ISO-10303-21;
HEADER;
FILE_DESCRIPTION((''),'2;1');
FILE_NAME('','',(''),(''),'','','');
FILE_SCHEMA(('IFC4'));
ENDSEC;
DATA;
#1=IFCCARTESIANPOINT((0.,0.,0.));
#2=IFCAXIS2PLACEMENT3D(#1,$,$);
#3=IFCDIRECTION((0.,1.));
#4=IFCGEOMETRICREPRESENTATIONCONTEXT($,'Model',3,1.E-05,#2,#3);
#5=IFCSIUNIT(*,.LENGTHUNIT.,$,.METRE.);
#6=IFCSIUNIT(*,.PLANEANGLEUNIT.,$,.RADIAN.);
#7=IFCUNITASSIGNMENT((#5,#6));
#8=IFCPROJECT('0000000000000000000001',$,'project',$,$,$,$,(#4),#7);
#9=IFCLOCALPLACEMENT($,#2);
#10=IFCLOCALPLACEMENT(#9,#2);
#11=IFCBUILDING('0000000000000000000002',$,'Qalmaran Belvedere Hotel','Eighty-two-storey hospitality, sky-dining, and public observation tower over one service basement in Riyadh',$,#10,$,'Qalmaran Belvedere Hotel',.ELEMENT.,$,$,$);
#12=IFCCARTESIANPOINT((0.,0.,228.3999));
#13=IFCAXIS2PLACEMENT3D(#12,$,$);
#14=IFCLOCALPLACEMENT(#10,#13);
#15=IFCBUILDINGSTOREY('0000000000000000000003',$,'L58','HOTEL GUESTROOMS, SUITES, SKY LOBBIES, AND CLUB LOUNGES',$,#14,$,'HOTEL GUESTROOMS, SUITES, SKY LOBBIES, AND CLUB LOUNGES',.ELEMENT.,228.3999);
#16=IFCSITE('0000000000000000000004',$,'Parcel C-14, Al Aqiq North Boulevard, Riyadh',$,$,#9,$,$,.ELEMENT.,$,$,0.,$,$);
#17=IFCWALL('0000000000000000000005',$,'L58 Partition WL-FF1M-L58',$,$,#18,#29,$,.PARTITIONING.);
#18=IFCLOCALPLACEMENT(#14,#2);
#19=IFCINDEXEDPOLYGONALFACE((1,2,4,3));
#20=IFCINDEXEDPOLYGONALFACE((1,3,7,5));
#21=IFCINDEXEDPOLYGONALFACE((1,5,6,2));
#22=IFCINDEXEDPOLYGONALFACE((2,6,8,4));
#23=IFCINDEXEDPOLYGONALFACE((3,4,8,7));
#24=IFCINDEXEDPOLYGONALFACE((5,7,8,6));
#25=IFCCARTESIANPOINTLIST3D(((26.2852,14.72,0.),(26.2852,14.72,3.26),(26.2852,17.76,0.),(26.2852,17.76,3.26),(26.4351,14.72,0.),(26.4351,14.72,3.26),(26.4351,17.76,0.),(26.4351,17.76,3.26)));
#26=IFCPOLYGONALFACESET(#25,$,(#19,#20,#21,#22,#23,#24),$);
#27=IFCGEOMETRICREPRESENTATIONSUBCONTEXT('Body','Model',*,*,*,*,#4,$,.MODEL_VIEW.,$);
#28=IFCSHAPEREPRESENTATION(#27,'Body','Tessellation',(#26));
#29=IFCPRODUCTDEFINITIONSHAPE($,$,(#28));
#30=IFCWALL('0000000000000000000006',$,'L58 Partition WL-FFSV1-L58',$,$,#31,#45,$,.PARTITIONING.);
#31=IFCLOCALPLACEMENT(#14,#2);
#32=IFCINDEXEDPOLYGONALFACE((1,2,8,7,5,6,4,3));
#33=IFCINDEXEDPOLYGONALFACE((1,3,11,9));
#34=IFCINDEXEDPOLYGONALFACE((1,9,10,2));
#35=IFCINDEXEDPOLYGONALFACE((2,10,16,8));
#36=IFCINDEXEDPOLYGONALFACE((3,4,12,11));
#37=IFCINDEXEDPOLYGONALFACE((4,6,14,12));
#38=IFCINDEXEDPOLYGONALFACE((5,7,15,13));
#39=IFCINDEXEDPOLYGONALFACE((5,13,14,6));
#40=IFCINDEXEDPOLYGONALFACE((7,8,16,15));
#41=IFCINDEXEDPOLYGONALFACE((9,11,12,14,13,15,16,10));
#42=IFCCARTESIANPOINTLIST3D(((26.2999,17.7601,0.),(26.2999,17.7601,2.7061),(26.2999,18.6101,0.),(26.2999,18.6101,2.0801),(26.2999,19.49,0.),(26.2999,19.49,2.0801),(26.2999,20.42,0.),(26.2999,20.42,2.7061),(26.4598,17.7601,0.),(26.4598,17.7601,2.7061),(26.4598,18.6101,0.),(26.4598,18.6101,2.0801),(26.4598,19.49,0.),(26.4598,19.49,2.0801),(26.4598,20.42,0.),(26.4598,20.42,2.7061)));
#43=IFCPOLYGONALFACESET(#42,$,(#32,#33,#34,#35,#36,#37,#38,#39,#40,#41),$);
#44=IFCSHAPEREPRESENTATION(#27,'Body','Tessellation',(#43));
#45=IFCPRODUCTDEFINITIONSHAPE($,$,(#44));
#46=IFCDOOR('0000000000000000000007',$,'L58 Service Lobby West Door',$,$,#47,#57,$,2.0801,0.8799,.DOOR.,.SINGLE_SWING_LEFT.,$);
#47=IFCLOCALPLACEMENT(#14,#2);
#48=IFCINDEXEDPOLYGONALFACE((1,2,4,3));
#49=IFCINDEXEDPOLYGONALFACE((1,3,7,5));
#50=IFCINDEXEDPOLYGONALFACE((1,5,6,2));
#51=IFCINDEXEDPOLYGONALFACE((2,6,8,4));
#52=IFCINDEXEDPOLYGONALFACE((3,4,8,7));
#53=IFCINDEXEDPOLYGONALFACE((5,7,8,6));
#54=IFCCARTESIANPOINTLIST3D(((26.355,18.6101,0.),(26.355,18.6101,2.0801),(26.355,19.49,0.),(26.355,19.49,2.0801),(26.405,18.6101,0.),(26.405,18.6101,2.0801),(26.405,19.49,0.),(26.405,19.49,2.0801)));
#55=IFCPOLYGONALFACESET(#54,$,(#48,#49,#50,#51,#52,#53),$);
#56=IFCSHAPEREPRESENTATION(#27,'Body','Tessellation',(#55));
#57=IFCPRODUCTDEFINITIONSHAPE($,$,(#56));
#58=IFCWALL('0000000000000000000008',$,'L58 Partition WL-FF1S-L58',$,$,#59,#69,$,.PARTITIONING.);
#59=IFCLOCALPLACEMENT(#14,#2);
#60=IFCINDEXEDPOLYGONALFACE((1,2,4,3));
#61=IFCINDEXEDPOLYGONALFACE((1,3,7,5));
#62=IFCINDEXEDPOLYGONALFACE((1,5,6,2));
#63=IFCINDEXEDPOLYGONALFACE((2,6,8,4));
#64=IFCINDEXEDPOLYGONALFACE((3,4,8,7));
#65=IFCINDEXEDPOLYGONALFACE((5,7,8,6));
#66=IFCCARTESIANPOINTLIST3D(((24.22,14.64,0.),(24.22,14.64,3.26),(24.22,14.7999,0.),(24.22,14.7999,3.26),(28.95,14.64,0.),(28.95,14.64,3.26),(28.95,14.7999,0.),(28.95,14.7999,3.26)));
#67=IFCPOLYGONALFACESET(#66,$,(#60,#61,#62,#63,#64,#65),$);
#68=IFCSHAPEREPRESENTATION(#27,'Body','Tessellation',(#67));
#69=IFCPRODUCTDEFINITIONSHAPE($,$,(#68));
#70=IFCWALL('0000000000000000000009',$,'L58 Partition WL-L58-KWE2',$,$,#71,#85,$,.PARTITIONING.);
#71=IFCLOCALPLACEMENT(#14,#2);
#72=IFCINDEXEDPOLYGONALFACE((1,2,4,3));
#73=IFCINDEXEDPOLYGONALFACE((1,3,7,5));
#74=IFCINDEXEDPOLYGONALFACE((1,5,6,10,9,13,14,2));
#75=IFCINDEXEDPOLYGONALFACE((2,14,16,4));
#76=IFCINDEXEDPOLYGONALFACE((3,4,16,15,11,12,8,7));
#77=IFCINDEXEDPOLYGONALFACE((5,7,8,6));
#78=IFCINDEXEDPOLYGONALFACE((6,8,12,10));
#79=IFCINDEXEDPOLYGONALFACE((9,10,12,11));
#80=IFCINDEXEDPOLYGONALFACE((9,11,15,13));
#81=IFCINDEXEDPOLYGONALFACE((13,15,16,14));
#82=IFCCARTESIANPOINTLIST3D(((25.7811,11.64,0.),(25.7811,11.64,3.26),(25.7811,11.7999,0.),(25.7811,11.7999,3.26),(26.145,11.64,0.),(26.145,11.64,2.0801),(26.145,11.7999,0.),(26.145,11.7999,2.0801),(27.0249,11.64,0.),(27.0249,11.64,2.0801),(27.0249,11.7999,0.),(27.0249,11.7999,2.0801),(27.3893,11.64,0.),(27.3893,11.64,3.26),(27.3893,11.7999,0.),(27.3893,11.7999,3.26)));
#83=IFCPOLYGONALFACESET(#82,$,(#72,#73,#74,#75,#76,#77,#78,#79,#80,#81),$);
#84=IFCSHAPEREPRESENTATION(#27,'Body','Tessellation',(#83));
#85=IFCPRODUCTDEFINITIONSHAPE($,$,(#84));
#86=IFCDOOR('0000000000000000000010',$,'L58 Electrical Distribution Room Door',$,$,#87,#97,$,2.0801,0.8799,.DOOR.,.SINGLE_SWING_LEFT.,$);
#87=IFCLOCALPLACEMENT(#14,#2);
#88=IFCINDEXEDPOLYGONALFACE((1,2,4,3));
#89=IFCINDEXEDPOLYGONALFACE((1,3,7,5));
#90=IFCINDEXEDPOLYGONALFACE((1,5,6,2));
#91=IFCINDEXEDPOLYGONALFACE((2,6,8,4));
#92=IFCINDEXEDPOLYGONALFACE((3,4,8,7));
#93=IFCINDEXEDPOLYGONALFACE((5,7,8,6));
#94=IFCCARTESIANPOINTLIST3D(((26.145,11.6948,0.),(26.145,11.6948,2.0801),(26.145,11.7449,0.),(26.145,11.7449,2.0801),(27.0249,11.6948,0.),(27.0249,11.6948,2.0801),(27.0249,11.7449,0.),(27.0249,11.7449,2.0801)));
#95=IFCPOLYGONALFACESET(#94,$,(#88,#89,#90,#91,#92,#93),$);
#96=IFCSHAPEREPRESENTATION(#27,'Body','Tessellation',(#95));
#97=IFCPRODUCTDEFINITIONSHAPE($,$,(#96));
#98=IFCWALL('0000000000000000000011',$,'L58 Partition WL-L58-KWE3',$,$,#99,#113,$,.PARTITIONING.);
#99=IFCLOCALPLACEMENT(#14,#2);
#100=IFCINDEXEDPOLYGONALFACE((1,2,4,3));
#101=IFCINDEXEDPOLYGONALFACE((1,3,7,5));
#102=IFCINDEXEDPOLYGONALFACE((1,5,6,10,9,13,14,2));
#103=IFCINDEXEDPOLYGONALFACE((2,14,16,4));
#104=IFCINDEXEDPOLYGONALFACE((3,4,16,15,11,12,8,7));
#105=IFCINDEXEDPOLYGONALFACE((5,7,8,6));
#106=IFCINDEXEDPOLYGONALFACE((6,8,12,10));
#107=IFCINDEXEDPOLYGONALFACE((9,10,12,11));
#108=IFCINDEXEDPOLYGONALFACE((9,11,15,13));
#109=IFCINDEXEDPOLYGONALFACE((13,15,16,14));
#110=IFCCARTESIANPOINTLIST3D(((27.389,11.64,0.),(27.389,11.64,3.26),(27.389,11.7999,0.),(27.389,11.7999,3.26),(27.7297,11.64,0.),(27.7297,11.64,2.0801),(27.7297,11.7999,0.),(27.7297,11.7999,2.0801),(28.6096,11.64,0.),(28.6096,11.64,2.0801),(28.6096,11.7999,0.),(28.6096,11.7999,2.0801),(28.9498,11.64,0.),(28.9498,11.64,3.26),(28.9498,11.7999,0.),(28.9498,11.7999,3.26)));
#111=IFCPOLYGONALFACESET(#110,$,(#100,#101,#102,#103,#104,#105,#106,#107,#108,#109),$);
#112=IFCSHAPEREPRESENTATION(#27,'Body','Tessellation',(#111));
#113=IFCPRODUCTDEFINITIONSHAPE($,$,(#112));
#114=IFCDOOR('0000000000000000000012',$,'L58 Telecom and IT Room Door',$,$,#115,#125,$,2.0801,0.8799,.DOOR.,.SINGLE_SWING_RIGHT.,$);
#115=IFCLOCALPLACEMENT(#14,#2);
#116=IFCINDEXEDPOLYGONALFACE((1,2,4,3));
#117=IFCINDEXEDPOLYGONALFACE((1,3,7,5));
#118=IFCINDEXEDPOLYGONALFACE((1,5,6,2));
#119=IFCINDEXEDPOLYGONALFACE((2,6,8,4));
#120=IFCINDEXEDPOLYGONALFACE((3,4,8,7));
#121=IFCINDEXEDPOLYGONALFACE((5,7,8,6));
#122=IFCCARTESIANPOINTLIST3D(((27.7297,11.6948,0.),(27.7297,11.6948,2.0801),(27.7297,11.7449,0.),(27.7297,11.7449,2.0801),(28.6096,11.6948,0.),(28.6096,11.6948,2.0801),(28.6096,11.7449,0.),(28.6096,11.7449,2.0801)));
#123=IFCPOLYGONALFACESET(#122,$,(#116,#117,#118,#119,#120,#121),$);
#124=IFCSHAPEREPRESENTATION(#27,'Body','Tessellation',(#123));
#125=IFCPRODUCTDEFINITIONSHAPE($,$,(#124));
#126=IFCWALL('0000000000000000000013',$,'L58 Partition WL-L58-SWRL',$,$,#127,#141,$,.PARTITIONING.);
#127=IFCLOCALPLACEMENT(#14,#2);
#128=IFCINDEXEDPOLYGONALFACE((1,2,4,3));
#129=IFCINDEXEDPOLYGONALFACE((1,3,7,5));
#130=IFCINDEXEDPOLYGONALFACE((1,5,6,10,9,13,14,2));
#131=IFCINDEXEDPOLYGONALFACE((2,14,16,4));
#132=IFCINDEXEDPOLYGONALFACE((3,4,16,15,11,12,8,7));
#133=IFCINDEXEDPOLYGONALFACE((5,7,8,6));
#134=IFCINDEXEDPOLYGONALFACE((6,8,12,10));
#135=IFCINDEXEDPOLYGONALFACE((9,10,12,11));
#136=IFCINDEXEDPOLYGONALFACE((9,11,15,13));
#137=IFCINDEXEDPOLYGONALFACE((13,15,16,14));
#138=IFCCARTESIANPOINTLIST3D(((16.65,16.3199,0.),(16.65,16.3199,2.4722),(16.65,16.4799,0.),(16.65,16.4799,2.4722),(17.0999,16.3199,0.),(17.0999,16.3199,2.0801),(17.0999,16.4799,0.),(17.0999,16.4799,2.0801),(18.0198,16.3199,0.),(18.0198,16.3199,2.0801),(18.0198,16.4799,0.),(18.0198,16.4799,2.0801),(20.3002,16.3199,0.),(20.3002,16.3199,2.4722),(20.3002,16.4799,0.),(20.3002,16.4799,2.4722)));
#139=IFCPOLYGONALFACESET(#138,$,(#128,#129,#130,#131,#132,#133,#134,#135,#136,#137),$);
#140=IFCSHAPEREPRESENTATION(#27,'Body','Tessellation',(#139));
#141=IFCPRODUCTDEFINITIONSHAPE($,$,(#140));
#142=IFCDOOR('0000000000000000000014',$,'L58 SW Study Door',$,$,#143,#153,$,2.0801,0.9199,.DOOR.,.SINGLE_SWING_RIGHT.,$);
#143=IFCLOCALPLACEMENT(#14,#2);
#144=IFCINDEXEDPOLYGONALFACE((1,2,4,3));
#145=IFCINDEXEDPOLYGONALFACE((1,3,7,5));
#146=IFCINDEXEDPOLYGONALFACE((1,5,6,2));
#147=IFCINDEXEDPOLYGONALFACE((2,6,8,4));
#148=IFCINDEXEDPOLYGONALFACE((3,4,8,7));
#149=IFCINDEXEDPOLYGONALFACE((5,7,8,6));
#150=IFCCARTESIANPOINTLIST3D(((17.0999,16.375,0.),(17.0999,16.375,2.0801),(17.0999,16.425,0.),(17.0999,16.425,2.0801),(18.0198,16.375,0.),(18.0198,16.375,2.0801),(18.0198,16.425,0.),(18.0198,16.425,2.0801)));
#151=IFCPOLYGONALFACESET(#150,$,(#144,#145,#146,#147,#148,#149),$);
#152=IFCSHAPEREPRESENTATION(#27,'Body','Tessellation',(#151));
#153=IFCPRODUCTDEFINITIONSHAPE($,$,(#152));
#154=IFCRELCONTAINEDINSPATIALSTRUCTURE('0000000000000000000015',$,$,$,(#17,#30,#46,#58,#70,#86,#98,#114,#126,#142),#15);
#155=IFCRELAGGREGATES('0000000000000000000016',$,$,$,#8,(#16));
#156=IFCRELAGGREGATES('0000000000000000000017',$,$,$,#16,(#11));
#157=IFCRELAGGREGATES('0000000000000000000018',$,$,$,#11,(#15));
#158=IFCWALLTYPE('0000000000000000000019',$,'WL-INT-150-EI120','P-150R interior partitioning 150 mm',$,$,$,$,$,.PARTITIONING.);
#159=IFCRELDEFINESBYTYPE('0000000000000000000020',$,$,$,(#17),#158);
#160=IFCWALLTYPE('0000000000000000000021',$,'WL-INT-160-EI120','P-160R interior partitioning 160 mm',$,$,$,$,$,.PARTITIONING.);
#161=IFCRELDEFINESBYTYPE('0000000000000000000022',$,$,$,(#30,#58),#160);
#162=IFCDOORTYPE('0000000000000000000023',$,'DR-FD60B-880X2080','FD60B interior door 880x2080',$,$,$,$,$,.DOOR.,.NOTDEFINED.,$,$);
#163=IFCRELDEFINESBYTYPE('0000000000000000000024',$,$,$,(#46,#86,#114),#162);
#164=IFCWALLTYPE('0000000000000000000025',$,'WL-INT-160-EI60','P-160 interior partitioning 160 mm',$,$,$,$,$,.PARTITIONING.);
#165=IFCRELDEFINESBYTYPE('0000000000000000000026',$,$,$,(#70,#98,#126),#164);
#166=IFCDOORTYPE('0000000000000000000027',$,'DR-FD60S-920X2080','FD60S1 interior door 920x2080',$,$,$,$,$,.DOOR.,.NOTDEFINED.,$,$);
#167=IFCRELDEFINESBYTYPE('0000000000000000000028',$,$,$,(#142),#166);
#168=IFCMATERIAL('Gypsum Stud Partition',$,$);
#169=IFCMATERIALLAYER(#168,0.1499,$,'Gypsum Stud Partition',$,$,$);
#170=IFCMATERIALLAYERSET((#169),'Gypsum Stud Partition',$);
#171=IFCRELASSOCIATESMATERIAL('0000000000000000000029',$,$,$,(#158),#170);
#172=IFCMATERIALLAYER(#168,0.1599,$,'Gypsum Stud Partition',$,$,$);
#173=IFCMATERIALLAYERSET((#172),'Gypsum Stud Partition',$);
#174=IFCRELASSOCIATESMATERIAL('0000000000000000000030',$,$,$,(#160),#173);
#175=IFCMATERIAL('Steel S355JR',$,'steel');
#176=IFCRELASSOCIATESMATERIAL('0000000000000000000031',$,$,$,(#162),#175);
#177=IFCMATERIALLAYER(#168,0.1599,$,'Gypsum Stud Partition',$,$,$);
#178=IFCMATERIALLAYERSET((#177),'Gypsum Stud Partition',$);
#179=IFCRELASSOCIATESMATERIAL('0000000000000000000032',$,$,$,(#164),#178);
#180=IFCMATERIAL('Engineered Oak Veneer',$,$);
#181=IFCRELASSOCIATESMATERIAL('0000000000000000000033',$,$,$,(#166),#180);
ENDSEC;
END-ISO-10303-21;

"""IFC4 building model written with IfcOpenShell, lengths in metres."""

from ifc_helpers import new_model, si_unit, direction, frame, frame_2d, origin, place, context, subcontext, project, spatial, rectangle, extrude, material, layer, layer_set, type_object, element, fill, save


model = new_model("IFC4")

# Units and contexts
model_context = context("Model", 3, precision=1e-05, world=origin(), true_north=direction((0.0, 1.0)))
body_context = subcontext(model_context, "Body", "Model", "MODEL_VIEW")
ifc_project = project(units=[si_unit("LENGTHUNIT", "METRE"), si_unit("PLANEANGLEUNIT", "RADIAN")], contexts=[model_context])

# Site, building, storey
site_placement = place(None, origin())
site = spatial("IfcSite", under=ifc_project, at=site_placement, Name="Parcel C-14, Al Aqiq North Boulevard, Riyadh", CompositionType="ELEMENT", RefElevation=0.0)
building_placement = place(site_placement, origin())
building = spatial("IfcBuilding", under=site, at=building_placement, Name="Qalmaran Belvedere Hotel", Description="Eighty-two-storey hospitality, sky-dining, and public observation tower over one service basement in Riyadh", LongName="Qalmaran Belvedere Hotel", CompositionType="ELEMENT")
storey_placement = place(building_placement, frame((0.0, 0.0, 228.3999)))
storey = spatial("IfcBuildingStorey", under=building, at=storey_placement, Name="L58", Description="HOTEL GUESTROOMS, SUITES, SKY LOBBIES, AND CLUB LOUNGES", LongName="HOTEL GUESTROOMS, SUITES, SKY LOBBIES, AND CLUB LOUNGES", CompositionType="ELEMENT", Elevation=228.3999)

# Wall
ifc_material_1 = material(Name="Gypsum Stud Partition")
ifc_layer_1 = layer(ifc_material_1, 0.1499, Name="Gypsum Stud Partition")
ifc_layer_set_1 = layer_set([ifc_layer_1], Name="Gypsum Stud Partition")
wall_type_1 = type_object("IfcWallType", Name="WL-INT-150-EI120", Description="P-150R interior partitioning 150 mm", PredefinedType="PARTITIONING", material=ifc_layer_set_1)
wall_1_placement = place(storey_placement, frame((26.3601, 14.72, 0.0), z_axis=(0.0, 0.0, 1.0), x_axis=(0.0, 1.0, 0.0)))
element("IfcWall", 1, at=wall_1_placement, inside=storey, type_object=wall_type_1, Name="L58 Partition WL-FF1M-L58", PredefinedType="PARTITIONING", context=body_context, shape_type="SweptSolid", body=[
    extrude(rectangle(XDim=3.04, YDim=0.1499, at=frame_2d((1.52, 0.0))), origin(), (0.0, 0.0, 1.0), 3.26),
])

# Wall, opening, door
ifc_layer_2 = layer(ifc_material_1, 0.1599, Name="Gypsum Stud Partition")
ifc_layer_set_2 = layer_set([ifc_layer_2], Name="Gypsum Stud Partition")
wall_type_2 = type_object("IfcWallType", Name="WL-INT-160-EI120", Description="P-160R interior partitioning 160 mm", PredefinedType="PARTITIONING", material=ifc_layer_set_2)
wall_2_placement = place(storey_placement, frame((26.3799, 17.76, 0.0), z_axis=(0.0, 0.0, 1.0), x_axis=(0.0, 1.0, 0.0)))
wall_2 = element("IfcWall", 2, at=wall_2_placement, inside=storey, type_object=wall_type_2, Name="L58 Partition WL-FFSV1-L58", PredefinedType="PARTITIONING", context=body_context, shape_type="SweptSolid", body=[
    extrude(rectangle(XDim=2.6599, YDim=0.1599, at=frame_2d((1.3301, 0.0))), origin(), (0.0, 0.0, 1.0), 2.7061),
])
opening_1_placement = place(wall_2_placement, frame((0.8501, 0.0, 0.0)))
opening_1 = element("IfcOpeningElement", 3, at=opening_1_placement, cuts=wall_2, PredefinedType="OPENING", context=body_context, shape_type="SweptSolid", body=[
    extrude(rectangle(XDim=0.8799, YDim=2.0801, at=frame_2d((0.4399, 1.04))), frame((0.0, 0.0898, 0.0), z_axis=(0.0, -1.0, 0.0), x_axis=(1.0, 0.0, 0.0)), (0.0, 0.0, 1.0), 0.1799),
])
ifc_material_2 = material(Name="Steel S355JR", Category="steel")
door_type_1 = type_object("IfcDoorType", Name="DR-FD60B-880X2080", Description="FD60B interior door 880x2080", OperationType="NOTDEFINED", PredefinedType="DOOR", material=ifc_material_2)
door_1_placement = place(opening_1_placement, origin())
door_1 = element("IfcDoor", 4, at=door_1_placement, inside=storey, type_object=door_type_1, Name="L58 Service Lobby West Door", OperationType="SINGLE_SWING_LEFT", OverallHeight=2.0801, OverallWidth=0.8799, PredefinedType="DOOR", context=body_context, shape_type="SweptSolid", body=[
    extrude(rectangle(XDim=0.8799, YDim=2.0801, at=frame_2d((0.4399, 1.04))), frame((0.0, 0.0249, 0.0), z_axis=(0.0, -1.0, 0.0), x_axis=(1.0, 0.0, 0.0)), (0.0, 0.0, 1.0), 0.05),
])
fill(opening_1, door_1)

# Wall
wall_3_placement = place(storey_placement, frame((24.22, 14.72, 0.0), z_axis=(0.0, 0.0, 1.0), x_axis=(1.0, 0.0, 0.0)))
element("IfcWall", 5, at=wall_3_placement, inside=storey, type_object=wall_type_2, Name="L58 Partition WL-FF1S-L58", PredefinedType="PARTITIONING", context=body_context, shape_type="SweptSolid", body=[
    extrude(rectangle(XDim=4.73, YDim=0.1599, at=frame_2d((2.365, 0.0))), origin(), (0.0, 0.0, 1.0), 3.26),
])

# Walls, openings, doors
ifc_layer_3 = layer(ifc_material_1, 0.1599, Name="Gypsum Stud Partition")
ifc_layer_set_3 = layer_set([ifc_layer_3], Name="Gypsum Stud Partition")
wall_type_3 = type_object("IfcWallType", Name="WL-INT-160-EI60", Description="P-160 interior partitioning 160 mm", PredefinedType="PARTITIONING", material=ifc_layer_set_3)
wall_4_placement = place(storey_placement, frame((25.781, 11.72, 0.0), z_axis=(0.0, 0.0, 1.0), x_axis=(1.0, 0.0, 0.0)))
wall_4 = element("IfcWall", 6, at=wall_4_placement, inside=storey, type_object=wall_type_3, Name="L58 Partition WL-L58-KWE2", PredefinedType="PARTITIONING", context=body_context, shape_type="SweptSolid", body=[
    extrude(rectangle(XDim=1.6082, YDim=0.1599, at=frame_2d((0.8042, 0.0))), origin(), (0.0, 0.0, 1.0), 3.26),
])
opening_2_placement = place(wall_4_placement, frame((0.364, 0.0, 0.0)))
opening_2 = element("IfcOpeningElement", 7, at=opening_2_placement, cuts=wall_4, PredefinedType="OPENING", context=body_context, shape_type="SweptSolid", body=[
    extrude(rectangle(XDim=0.8799, YDim=2.0801, at=frame_2d((0.4399, 1.04))), frame((0.0, 0.0898, 0.0), z_axis=(0.0, -1.0, 0.0), x_axis=(1.0, 0.0, 0.0)), (0.0, 0.0, 1.0), 0.1799),
])
door_2_placement = place(opening_2_placement, origin())
door_2 = element("IfcDoor", 8, at=door_2_placement, inside=storey, type_object=door_type_1, Name="L58 Electrical Distribution Room Door", OperationType="SINGLE_SWING_LEFT", OverallHeight=2.0801, OverallWidth=0.8799, PredefinedType="DOOR", context=body_context, shape_type="SweptSolid", body=[
    extrude(rectangle(XDim=0.8799, YDim=2.0801, at=frame_2d((0.4399, 1.04))), frame((0.0, 0.0249, 0.0), z_axis=(0.0, -1.0, 0.0), x_axis=(1.0, 0.0, 0.0)), (0.0, 0.0, 1.0), 0.05),
])
fill(opening_2, door_2)
wall_5_placement = place(storey_placement, frame((27.3892, 11.72, 0.0), z_axis=(0.0, 0.0, 1.0), x_axis=(1.0, 0.0, 0.0)))
wall_5 = element("IfcWall", 9, at=wall_5_placement, inside=storey, type_object=wall_type_3, Name="L58 Partition WL-L58-KWE3", PredefinedType="PARTITIONING", context=body_context, shape_type="SweptSolid", body=[
    extrude(rectangle(XDim=1.5608, YDim=0.1599, at=frame_2d((0.7803, 0.0))), origin(), (0.0, 0.0, 1.0), 3.26),
])
opening_3_placement = place(wall_5_placement, frame((0.3406, 0.0, 0.0)))
opening_3 = element("IfcOpeningElement", 10, at=opening_3_placement, cuts=wall_5, PredefinedType="OPENING", context=body_context, shape_type="SweptSolid", body=[
    extrude(rectangle(XDim=0.8799, YDim=2.0801, at=frame_2d((0.4399, 1.04))), frame((0.0, 0.0898, 0.0), z_axis=(0.0, -1.0, 0.0), x_axis=(1.0, 0.0, 0.0)), (0.0, 0.0, 1.0), 0.1799),
])
door_3_placement = place(opening_3_placement, origin())
door_3 = element("IfcDoor", 11, at=door_3_placement, inside=storey, type_object=door_type_1, Name="L58 Telecom and IT Room Door", OperationType="SINGLE_SWING_RIGHT", OverallHeight=2.0801, OverallWidth=0.8799, PredefinedType="DOOR", context=body_context, shape_type="SweptSolid", body=[
    extrude(rectangle(XDim=0.8799, YDim=2.0801, at=frame_2d((0.4399, 1.04))), frame((0.0, 0.0249, 0.0), z_axis=(0.0, -1.0, 0.0), x_axis=(1.0, 0.0, 0.0)), (0.0, 0.0, 1.0), 0.05),
])
fill(opening_3, door_3)
wall_6_placement = place(storey_placement, frame((16.6499, 16.3999, 0.0), z_axis=(0.0, 0.0, 1.0), x_axis=(1.0, 0.0, 0.0)))
wall_6 = element("IfcWall", 12, at=wall_6_placement, inside=storey, type_object=wall_type_3, Name="L58 Partition WL-L58-SWRL", PredefinedType="PARTITIONING", context=body_context, shape_type="SweptSolid", body=[
    extrude(rectangle(XDim=3.6501, YDim=0.1599, at=frame_2d((1.8252, 0.0))), origin(), (0.0, 0.0, 1.0), 2.4722),
])
opening_4_placement = place(wall_6_placement, frame((1.3699, 0.0, 0.0), z_axis=(0.0, 0.0, 1.0), x_axis=(-1.0, 0.0, 0.0)))
opening_4 = element("IfcOpeningElement", 13, at=opening_4_placement, cuts=wall_6, PredefinedType="OPENING", context=body_context, shape_type="SweptSolid", body=[
    extrude(rectangle(XDim=0.9199, YDim=2.0801, at=frame_2d((0.46, 1.04))), frame((0.0, 0.0898, 0.0), z_axis=(0.0, -1.0, 0.0), x_axis=(1.0, 0.0, 0.0)), (0.0, 0.0, 1.0), 0.1799),
])
ifc_material_3 = material(Name="Engineered Oak Veneer")
door_type_2 = type_object("IfcDoorType", Name="DR-FD60S-920X2080", Description="FD60S1 interior door 920x2080", OperationType="NOTDEFINED", PredefinedType="DOOR", material=ifc_material_3)
door_4_placement = place(opening_4_placement, origin())
door_4 = element("IfcDoor", 14, at=door_4_placement, inside=storey, type_object=door_type_2, Name="L58 SW Study Door", OperationType="SINGLE_SWING_RIGHT", OverallHeight=2.0801, OverallWidth=0.9199, PredefinedType="DOOR", context=body_context, shape_type="SweptSolid", body=[
    extrude(rectangle(XDim=0.9199, YDim=2.0801, at=frame_2d((0.46, 1.04))), frame((0.0, 0.0249, 0.0), z_axis=(0.0, -1.0, 0.0), x_axis=(1.0, 0.0, 0.0)), (0.0, 0.0, 1.0), 0.05),
])
fill(opening_4, door_4)

save(model, "model.ifc")
